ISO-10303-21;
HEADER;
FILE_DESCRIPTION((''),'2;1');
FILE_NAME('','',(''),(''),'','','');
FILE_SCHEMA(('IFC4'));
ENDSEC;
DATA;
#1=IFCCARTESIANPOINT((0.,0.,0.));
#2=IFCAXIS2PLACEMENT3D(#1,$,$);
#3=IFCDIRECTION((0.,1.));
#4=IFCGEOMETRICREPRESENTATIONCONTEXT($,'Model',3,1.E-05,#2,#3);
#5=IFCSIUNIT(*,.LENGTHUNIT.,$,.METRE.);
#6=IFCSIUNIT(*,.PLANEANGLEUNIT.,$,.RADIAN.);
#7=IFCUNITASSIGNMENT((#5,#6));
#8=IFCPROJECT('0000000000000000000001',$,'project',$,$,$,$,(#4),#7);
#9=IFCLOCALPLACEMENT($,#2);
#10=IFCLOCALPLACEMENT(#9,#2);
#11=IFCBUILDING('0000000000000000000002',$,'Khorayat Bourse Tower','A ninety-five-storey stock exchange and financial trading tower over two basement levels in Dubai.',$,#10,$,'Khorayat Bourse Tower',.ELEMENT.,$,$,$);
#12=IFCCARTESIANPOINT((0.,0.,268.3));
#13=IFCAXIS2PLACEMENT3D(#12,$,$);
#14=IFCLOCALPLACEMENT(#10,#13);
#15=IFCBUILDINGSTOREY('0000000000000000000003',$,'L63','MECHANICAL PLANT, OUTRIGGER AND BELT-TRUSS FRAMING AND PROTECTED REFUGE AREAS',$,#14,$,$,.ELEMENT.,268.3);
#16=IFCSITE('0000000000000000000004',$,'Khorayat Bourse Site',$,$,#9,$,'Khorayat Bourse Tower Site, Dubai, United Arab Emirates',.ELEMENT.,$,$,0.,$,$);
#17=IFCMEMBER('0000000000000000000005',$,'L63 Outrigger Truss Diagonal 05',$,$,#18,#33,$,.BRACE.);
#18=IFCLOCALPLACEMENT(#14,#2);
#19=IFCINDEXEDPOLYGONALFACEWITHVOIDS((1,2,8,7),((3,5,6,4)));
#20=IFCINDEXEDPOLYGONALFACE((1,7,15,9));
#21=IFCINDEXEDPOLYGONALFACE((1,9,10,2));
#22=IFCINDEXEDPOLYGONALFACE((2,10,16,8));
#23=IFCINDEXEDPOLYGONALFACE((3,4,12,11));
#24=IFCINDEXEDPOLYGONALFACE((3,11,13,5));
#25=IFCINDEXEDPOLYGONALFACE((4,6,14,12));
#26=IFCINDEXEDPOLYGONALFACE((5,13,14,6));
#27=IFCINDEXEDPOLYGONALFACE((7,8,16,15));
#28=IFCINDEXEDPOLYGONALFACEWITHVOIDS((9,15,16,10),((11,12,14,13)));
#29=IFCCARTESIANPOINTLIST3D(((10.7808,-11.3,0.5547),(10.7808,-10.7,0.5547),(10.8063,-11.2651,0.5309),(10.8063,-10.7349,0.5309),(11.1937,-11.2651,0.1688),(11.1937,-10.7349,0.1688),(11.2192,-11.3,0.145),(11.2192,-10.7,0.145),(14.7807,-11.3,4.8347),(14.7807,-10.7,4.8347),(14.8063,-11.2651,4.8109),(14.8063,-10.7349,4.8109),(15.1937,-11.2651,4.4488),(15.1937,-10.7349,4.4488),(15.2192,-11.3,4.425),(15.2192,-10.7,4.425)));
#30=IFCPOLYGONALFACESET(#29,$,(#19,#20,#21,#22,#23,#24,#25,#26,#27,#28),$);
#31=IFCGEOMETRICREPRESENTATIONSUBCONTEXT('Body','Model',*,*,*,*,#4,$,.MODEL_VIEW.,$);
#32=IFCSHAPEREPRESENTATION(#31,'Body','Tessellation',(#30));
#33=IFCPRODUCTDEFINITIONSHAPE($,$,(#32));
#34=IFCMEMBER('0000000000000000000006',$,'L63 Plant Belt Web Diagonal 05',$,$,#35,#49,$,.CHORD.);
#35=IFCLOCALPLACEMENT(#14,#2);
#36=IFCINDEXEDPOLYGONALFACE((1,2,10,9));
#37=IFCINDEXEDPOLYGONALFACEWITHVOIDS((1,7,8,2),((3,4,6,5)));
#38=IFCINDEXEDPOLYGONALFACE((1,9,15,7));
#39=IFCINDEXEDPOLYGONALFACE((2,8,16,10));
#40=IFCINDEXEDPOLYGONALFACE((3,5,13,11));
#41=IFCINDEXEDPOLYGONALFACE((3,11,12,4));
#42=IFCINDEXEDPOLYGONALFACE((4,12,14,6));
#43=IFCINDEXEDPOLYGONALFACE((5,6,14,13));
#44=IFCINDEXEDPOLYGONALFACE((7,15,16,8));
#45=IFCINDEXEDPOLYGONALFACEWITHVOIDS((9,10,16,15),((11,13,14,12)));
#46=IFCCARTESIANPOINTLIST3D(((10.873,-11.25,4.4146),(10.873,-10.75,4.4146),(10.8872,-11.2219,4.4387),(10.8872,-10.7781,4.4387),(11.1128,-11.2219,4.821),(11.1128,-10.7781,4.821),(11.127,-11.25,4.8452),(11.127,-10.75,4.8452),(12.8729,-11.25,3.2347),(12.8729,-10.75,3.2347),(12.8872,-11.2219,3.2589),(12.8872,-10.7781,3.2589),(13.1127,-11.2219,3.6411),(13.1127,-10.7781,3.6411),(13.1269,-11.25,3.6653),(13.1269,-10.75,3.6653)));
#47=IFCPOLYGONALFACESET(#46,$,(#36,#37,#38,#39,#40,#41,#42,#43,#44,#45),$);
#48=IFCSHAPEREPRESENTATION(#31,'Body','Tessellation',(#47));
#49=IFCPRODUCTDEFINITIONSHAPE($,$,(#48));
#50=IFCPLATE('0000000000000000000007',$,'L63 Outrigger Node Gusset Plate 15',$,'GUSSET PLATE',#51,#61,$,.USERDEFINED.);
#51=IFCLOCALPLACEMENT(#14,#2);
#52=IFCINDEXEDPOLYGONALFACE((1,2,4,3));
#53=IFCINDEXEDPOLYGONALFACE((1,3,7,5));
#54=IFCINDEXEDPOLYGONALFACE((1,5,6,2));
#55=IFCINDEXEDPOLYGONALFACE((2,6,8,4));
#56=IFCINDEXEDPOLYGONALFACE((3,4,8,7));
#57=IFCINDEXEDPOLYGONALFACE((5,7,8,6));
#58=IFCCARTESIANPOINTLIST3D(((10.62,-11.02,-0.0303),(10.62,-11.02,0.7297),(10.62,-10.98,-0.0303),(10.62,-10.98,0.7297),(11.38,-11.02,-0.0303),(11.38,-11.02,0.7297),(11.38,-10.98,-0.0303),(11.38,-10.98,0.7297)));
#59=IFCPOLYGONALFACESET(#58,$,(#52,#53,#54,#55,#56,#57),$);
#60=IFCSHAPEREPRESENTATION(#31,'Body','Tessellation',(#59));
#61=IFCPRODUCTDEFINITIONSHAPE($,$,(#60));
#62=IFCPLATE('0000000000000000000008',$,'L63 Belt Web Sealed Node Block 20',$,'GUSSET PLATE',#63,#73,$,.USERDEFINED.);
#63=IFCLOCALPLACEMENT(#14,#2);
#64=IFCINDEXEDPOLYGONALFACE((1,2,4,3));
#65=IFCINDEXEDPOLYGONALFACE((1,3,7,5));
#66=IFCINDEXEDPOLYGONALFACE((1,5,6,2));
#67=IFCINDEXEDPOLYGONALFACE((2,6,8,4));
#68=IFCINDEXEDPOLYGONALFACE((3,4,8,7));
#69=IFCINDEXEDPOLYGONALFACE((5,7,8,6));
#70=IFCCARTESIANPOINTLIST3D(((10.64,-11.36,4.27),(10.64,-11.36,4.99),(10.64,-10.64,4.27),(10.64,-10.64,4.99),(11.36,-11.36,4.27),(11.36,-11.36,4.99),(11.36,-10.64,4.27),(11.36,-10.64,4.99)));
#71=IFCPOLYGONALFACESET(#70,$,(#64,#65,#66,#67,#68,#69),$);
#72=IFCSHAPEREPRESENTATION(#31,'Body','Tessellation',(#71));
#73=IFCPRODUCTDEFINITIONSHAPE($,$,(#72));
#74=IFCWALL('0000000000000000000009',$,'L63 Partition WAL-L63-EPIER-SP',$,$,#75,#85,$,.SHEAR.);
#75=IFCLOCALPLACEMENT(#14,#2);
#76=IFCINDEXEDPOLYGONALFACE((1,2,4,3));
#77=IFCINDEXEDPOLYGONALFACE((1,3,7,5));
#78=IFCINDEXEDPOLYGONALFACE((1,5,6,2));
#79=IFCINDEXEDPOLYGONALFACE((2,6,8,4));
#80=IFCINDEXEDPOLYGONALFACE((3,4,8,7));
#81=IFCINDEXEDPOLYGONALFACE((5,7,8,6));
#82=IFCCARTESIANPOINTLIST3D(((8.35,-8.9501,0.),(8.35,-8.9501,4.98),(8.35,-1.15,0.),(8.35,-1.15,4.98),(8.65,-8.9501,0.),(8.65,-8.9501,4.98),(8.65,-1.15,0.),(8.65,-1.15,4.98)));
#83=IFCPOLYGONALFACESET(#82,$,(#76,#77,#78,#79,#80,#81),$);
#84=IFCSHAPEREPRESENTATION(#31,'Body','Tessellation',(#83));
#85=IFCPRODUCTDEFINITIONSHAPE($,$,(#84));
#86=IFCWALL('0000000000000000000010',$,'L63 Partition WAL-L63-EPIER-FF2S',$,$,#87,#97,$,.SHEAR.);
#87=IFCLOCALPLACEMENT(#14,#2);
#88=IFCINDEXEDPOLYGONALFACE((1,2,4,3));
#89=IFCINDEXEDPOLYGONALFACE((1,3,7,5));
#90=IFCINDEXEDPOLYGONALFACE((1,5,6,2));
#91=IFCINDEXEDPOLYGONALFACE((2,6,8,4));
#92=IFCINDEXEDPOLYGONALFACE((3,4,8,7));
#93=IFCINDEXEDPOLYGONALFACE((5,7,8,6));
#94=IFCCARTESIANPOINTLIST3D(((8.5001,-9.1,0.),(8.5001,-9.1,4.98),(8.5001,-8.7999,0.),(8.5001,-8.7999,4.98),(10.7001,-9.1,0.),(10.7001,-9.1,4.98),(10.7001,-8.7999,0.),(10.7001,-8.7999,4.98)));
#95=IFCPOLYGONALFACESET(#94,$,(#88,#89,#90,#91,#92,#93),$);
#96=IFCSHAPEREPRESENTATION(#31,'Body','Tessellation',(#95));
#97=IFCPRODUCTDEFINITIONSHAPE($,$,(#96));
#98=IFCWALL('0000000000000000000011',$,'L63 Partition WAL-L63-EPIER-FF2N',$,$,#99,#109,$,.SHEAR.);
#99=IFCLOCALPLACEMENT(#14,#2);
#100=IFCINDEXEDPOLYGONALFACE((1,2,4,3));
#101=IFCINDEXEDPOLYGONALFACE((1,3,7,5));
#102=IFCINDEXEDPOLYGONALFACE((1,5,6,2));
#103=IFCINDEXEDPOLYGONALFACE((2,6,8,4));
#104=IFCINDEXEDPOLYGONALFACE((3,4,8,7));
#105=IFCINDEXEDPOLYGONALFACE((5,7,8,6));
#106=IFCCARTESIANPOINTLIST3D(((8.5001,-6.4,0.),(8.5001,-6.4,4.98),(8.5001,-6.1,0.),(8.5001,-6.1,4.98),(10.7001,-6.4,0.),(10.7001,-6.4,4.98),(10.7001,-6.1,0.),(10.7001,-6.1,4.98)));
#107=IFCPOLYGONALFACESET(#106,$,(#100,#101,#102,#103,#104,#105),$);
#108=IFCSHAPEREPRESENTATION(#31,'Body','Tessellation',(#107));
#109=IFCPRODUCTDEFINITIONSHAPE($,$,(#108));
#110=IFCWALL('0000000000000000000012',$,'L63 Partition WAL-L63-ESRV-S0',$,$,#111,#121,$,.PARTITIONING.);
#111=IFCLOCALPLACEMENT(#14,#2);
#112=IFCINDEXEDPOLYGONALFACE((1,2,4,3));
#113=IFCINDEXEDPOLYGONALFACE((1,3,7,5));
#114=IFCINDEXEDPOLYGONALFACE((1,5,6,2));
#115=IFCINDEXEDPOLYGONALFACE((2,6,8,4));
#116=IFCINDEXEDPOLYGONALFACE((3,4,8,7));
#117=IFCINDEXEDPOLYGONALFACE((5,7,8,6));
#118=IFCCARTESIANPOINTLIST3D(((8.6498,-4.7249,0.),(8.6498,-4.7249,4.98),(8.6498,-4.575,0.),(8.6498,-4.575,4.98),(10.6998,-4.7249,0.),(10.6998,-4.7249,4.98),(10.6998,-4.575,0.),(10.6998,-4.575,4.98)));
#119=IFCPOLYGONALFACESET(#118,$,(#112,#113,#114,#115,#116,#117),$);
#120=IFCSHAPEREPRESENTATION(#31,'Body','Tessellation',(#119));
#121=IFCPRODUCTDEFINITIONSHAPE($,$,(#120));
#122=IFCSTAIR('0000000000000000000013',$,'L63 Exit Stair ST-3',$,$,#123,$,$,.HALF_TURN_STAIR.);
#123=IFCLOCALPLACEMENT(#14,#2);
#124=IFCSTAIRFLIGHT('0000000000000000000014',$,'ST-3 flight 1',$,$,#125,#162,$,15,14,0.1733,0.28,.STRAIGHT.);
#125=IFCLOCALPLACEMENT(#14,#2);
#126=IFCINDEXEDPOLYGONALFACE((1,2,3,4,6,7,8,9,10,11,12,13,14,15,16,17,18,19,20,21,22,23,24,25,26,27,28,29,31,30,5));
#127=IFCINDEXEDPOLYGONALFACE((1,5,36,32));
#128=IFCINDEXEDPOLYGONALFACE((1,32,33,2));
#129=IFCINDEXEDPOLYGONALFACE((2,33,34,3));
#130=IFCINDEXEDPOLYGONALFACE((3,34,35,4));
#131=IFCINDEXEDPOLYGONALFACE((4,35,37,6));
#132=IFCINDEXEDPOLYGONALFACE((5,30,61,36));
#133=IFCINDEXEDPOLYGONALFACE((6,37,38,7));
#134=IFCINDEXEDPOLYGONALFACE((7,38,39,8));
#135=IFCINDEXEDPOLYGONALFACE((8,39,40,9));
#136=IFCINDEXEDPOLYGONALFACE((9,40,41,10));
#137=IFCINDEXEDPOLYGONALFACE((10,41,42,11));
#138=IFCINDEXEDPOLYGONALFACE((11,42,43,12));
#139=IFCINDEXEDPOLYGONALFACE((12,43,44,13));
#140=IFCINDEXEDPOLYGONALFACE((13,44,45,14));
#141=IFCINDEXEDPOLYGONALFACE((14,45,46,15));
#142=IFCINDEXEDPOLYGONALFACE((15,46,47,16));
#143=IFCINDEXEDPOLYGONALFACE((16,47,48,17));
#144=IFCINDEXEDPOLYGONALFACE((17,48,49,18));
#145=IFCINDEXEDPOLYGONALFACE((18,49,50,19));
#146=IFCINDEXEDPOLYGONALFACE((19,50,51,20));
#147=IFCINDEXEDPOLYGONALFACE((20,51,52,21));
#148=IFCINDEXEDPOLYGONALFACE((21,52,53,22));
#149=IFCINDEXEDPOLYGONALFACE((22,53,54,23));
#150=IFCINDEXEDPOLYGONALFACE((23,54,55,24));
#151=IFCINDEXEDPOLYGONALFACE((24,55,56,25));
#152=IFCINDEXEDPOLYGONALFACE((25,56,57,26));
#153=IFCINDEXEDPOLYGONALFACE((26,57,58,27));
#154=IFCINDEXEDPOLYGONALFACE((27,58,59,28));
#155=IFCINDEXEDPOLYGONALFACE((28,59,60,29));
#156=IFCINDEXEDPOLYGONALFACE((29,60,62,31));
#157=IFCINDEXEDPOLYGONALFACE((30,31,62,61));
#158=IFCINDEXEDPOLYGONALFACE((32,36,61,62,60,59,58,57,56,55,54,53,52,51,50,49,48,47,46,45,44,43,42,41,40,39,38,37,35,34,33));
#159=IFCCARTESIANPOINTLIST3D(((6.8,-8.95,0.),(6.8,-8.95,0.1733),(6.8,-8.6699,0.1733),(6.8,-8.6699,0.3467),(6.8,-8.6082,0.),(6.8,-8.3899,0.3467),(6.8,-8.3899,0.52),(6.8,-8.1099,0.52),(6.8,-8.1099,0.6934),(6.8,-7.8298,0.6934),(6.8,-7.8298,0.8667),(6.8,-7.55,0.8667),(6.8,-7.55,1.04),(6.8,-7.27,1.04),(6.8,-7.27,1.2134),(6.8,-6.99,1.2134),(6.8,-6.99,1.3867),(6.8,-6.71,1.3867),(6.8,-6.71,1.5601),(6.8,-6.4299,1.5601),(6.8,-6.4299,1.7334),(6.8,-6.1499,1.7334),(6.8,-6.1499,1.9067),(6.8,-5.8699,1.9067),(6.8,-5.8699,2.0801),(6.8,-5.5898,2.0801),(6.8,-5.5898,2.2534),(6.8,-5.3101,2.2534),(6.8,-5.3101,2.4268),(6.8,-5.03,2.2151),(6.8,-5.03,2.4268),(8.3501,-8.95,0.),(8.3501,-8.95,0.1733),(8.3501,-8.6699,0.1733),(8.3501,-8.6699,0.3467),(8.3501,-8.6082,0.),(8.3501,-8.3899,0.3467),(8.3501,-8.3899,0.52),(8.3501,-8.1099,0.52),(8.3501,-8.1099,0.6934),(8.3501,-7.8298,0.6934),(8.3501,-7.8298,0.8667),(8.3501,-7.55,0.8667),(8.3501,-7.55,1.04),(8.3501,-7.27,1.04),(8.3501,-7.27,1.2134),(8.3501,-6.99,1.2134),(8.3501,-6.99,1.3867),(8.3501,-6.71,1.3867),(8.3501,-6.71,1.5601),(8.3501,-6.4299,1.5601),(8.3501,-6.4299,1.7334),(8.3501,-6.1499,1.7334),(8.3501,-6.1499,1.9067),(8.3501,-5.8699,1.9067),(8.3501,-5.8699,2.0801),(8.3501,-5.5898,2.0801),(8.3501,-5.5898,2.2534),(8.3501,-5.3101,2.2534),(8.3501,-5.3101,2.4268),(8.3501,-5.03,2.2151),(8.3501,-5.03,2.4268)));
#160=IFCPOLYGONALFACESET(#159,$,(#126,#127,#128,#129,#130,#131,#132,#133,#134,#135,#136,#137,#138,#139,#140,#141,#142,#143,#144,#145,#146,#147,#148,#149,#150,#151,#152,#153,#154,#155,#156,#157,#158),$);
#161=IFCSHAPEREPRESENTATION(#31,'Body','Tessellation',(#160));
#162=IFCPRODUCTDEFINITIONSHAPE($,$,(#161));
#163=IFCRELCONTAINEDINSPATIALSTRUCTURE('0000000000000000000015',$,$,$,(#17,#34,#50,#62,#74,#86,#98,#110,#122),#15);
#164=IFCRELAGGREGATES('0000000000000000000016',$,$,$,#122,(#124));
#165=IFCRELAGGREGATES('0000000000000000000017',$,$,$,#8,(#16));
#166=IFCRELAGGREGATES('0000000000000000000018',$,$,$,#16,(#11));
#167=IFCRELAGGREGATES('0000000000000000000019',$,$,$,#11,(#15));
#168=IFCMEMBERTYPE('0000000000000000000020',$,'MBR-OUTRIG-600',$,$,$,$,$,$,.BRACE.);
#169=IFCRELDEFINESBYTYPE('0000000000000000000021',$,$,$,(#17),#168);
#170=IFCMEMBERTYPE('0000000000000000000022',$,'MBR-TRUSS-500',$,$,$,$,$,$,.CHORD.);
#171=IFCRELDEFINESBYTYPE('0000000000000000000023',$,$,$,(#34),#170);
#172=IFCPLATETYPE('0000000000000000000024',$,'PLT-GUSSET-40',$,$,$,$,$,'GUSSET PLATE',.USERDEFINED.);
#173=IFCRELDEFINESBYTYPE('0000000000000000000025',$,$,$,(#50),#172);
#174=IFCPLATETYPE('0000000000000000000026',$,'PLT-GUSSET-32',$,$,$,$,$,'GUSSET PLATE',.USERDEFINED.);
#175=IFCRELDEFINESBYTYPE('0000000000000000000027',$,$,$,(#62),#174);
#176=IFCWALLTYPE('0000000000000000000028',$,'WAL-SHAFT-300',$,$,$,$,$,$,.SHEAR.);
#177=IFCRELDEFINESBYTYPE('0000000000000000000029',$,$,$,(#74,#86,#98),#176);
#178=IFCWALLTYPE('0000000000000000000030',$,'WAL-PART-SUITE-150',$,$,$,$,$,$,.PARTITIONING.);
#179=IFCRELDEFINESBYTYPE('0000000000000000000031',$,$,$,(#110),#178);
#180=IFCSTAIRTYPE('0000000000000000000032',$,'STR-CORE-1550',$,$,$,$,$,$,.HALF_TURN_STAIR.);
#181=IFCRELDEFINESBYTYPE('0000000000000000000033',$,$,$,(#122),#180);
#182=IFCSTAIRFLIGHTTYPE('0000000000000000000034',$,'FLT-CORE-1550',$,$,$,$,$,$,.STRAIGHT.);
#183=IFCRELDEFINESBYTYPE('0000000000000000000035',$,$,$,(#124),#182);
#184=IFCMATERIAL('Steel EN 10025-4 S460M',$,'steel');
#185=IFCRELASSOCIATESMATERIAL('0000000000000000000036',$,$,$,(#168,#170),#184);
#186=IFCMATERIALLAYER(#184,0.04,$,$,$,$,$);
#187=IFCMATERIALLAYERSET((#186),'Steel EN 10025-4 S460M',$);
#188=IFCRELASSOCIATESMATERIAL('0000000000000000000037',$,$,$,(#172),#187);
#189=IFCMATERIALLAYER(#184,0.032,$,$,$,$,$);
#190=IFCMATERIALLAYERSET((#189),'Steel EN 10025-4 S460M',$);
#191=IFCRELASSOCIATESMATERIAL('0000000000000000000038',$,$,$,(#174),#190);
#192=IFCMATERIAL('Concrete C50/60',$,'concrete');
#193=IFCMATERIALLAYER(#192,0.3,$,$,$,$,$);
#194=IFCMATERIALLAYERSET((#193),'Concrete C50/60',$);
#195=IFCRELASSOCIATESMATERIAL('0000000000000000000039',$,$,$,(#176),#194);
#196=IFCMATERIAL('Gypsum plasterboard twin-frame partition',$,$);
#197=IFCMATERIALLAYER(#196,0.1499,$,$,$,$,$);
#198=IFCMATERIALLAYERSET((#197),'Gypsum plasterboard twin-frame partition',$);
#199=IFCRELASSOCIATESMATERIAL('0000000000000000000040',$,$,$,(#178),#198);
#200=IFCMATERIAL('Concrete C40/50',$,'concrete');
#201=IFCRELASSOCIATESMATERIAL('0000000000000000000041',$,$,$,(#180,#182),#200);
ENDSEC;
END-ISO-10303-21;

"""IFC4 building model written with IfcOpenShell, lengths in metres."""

from ifc_helpers import new_model, si_unit, direction, frame, frame_2d, origin, origin_2d, place, context, subcontext, project, spatial, polyline, rectangle, hollow_rectangle, outline, extrude, source, transform, mapped, material, layer, layer_set, material_profile, profile_set, type_object, element, aggregate, save


model = new_model("IFC4")

# Units and contexts
model_context = context("Model", 3, precision=1e-05, world=origin(), true_north=direction((0.0, 1.0)))
body_context = subcontext(model_context, "Body", "Model", "MODEL_VIEW")
ifc_project = project(units=[si_unit("LENGTHUNIT", "METRE"), si_unit("PLANEANGLEUNIT", "RADIAN")], contexts=[model_context])

# Site, building, storey
site_placement = place(None, origin())
site = spatial("IfcSite", under=ifc_project, at=site_placement, Name="Khorayat Bourse Site", LongName="Khorayat Bourse Tower Site, Dubai, United Arab Emirates", CompositionType="ELEMENT", RefElevation=0.0)
building_placement = place(site_placement, origin())
building = spatial("IfcBuilding", under=site, at=building_placement, Name="Khorayat Bourse Tower", Description="A ninety-five-storey stock exchange and financial trading tower over two basement levels in Dubai.", LongName="Khorayat Bourse Tower", CompositionType="ELEMENT")
storey_placement = place(building_placement, frame((0.0, 0.0, 268.3)))
storey = spatial("IfcBuildingStorey", under=building, at=storey_placement, Name="L63", Description="MECHANICAL PLANT, OUTRIGGER AND BELT-TRUSS FRAMING AND PROTECTED REFUGE AREAS", CompositionType="ELEMENT", Elevation=268.3)

# Members
ifc_material_1 = material(Name="Steel EN 10025-4 S460M", Category="steel")
ifc_material_profile_1 = material_profile(ifc_material_1, hollow_rectangle(XDim=0.6001, YDim=0.6001, WallThickness=0.0349, at=origin_2d()), Name="BOX 600x600x35")
ifc_profile_set_1 = profile_set([ifc_material_profile_1], Name="Steel EN 10025-4 S460M")
member_type_1 = type_object("IfcMemberType", Name="MBR-OUTRIG-600", PredefinedType="BRACE", material=ifc_profile_set_1)
shared_shape_1 = source(origin(), body_context, "Body", "SweptSolid", [
    extrude(hollow_rectangle(XDim=0.6001, YDim=0.6001, WallThickness=0.0349, at=origin_2d()), origin(), (0.0, 0.0, 1.0), 5.8582),
])
member_1_placement = place(storey_placement, frame((11.0, -11.0, 0.3499), z_axis=(0.682802, 0.0, 0.730603), x_axis=(0.0, 1.0, 0.0)))
element("IfcMember", 1, at=member_1_placement, inside=storey, type_object=member_type_1, Name="L63 Outrigger Truss Diagonal 05", PredefinedType="BRACE", context=body_context, shape_type="MappedRepresentation", body=[
    mapped(shared_shape_1, transform((0.0, 0.0, 0.0), scale=1.0)),
])
ifc_material_profile_2 = material_profile(ifc_material_1, hollow_rectangle(XDim=0.5, YDim=0.5, WallThickness=0.0281, at=origin_2d()), Name="HSS 500x500x28")
ifc_profile_set_2 = profile_set([ifc_material_profile_2], Name="Steel EN 10025-4 S460M")
member_type_2 = type_object("IfcMemberType", Name="MBR-TRUSS-500", PredefinedType="CHORD", material=ifc_profile_set_2)
shared_shape_2 = source(origin(), body_context, "Body", "SweptSolid", [
    extrude(hollow_rectangle(XDim=0.5, YDim=0.5, WallThickness=0.0281, at=origin_2d()), origin(), (0.0, 0.0, 1.0), 2.322),
])
member_2_placement = place(storey_placement, frame((11.0, -11.0, 4.6299), z_axis=(0.861282, 0.0, -0.508127), x_axis=(0.0, 1.0, 0.0)))
element("IfcMember", 2, at=member_2_placement, inside=storey, type_object=member_type_2, Name="L63 Plant Belt Web Diagonal 05", PredefinedType="CHORD", context=body_context, shape_type="MappedRepresentation", body=[
    mapped(shared_shape_2, transform((0.0, 0.0, 0.0), scale=1.0)),
])

# Plates
ifc_layer_1 = layer(ifc_material_1, 0.04)
ifc_layer_set_1 = layer_set([ifc_layer_1], Name="Steel EN 10025-4 S460M")
plate_type_1 = type_object("IfcPlateType", Name="PLT-GUSSET-40", ElementType="GUSSET PLATE", PredefinedType="USERDEFINED", material=ifc_layer_set_1)
shared_shape_3 = source(origin(), body_context, "Body", "SweptSolid", [
    extrude(rectangle(XDim=0.76, YDim=0.04, at=origin_2d()), origin(), (0.0, 0.0, 1.0), 0.76),
])
plate_1_placement = place(storey_placement, frame((11.0, -11.0, -0.0303), z_axis=(0.0, 0.0, 1.0), x_axis=(1.0, 0.0, 0.0)))
element("IfcPlate", 3, at=plate_1_placement, inside=storey, type_object=plate_type_1, Name="L63 Outrigger Node Gusset Plate 15", ObjectType="GUSSET PLATE", PredefinedType="USERDEFINED", context=body_context, shape_type="MappedRepresentation", body=[
    mapped(shared_shape_3, transform((0.0, 0.0, 0.0), scale=1.0)),
])
ifc_layer_2 = layer(ifc_material_1, 0.032)
ifc_layer_set_2 = layer_set([ifc_layer_2], Name="Steel EN 10025-4 S460M")
plate_type_2 = type_object("IfcPlateType", Name="PLT-GUSSET-32", ElementType="GUSSET PLATE", PredefinedType="USERDEFINED", material=ifc_layer_set_2)
shared_shape_4 = source(origin(), body_context, "Body", "SweptSolid", [
    extrude(rectangle(XDim=0.72, YDim=0.72, at=origin_2d()), origin(), (0.0, 0.0, 1.0), 0.72),
])
plate_2_placement = place(storey_placement, frame((11.0, -11.0, 4.27), z_axis=(0.0, 0.0, 1.0), x_axis=(1.0, 0.0, 0.0)))
element("IfcPlate", 4, at=plate_2_placement, inside=storey, type_object=plate_type_2, Name="L63 Belt Web Sealed Node Block 20", ObjectType="GUSSET PLATE", PredefinedType="USERDEFINED", context=body_context, shape_type="MappedRepresentation", body=[
    mapped(shared_shape_4, transform((0.0, 0.0, 0.0), scale=1.0)),
])

# Walls
ifc_material_2 = material(Name="Concrete C50/60", Category="concrete")
ifc_layer_3 = layer(ifc_material_2, 0.3)
ifc_layer_set_3 = layer_set([ifc_layer_3], Name="Concrete C50/60")
wall_type_1 = type_object("IfcWallType", Name="WAL-SHAFT-300", PredefinedType="SHEAR", material=ifc_layer_set_3)
shared_shape_5 = source(origin(), body_context, "Body", "SweptSolid", [
    extrude(rectangle(XDim=7.8, YDim=0.3, at=frame_2d((3.8999, 0.0))), origin(), (0.0, 0.0, 1.0), 4.98),
])
wall_1_placement = place(storey_placement, frame((8.5, -8.95, 0.0), z_axis=(0.0, 0.0, 1.0), x_axis=(0.0, 1.0, 0.0)))
element("IfcWall", 5, at=wall_1_placement, inside=storey, type_object=wall_type_1, Name="L63 Partition WAL-L63-EPIER-SP", PredefinedType="SHEAR", context=body_context, shape_type="MappedRepresentation", body=[
    mapped(shared_shape_5, transform((0.0, 0.0, 0.0), scale=1.0)),
])
shared_shape_6 = source(origin(), body_context, "Body", "SweptSolid", [
    extrude(rectangle(XDim=2.2, YDim=0.3, at=frame_2d((1.1001, 0.0))), origin(), (0.0, 0.0, 1.0), 4.98),
])
for number, where, z_axis, x_axis, name in (
    (6, (8.5, -8.95, 0.0), (0.0, 0.0, 1.0), (1.0, 0.0, 0.0), "L63 Partition WAL-L63-EPIER-FF2S"),
    (7, (8.5, -6.25, 0.0), (0.0, 0.0, 1.0), (1.0, 0.0, 0.0), "L63 Partition WAL-L63-EPIER-FF2N"),
):
    element("IfcWall", number, at=place(storey_placement, frame(where, z_axis=z_axis, x_axis=x_axis)), inside=storey, type_object=wall_type_1, Name=name, PredefinedType="SHEAR", context=body_context, shape_type="MappedRepresentation", body=[
        mapped(shared_shape_6, transform((0.0, 0.0, 0.0), scale=1.0)),
    ])
ifc_material_3 = material(Name="Gypsum plasterboard twin-frame partition")
ifc_layer_4 = layer(ifc_material_3, 0.1499)
ifc_layer_set_4 = layer_set([ifc_layer_4], Name="Gypsum plasterboard twin-frame partition")
wall_type_2 = type_object("IfcWallType", Name="WAL-PART-SUITE-150", PredefinedType="PARTITIONING", material=ifc_layer_set_4)
shared_shape_7 = source(origin(), body_context, "Body", "SweptSolid", [
    extrude(rectangle(XDim=2.05, YDim=0.1499, at=frame_2d((1.0249, 0.0))), origin(), (0.0, 0.0, 1.0), 4.98),
])
wall_2_placement = place(storey_placement, frame((8.6499, -4.6499, 0.0), z_axis=(0.0, 0.0, 1.0), x_axis=(1.0, 0.0, 0.0)))
element("IfcWall", 8, at=wall_2_placement, inside=storey, type_object=wall_type_2, Name="L63 Partition WAL-L63-ESRV-S0", PredefinedType="PARTITIONING", context=body_context, shape_type="MappedRepresentation", body=[
    mapped(shared_shape_7, transform((0.0, 0.0, 0.0), scale=1.0)),
])

# Stair, stair flight
ifc_material_4 = material(Name="Concrete C40/50", Category="concrete")
stair_type = type_object("IfcStairType", Name="STR-CORE-1550", PredefinedType="HALF_TURN_STAIR", material=ifc_material_4)
stair_placement = place(storey_placement, origin())
stair = element("IfcStair", 9, at=stair_placement, inside=storey, type_object=stair_type, Name="L63 Exit Stair ST-3", PredefinedType="HALF_TURN_STAIR")
stair_flight_type = type_object("IfcStairFlightType", Name="FLT-CORE-1550", PredefinedType="STRAIGHT", material=ifc_material_4)
shared_shape_8 = source(origin(), body_context, "Body", "SweptSolid", [
    extrude(outline(polyline([(0.0, 0.0), (0.0, 0.1733), (0.28, 0.1733), (0.28, 0.3467), (0.5601, 0.3467), (0.5601, 0.52), (0.8401, 0.52), (0.8401, 0.6934), (1.1201, 0.6934), (1.1201, 0.8667), (1.3999, 0.8667), (1.3999, 1.04), (1.6799, 1.04), (1.6799, 1.2134), (1.96, 1.2134), (1.96, 1.3867), (2.24, 1.3867), (2.24, 1.5601), (2.52, 1.5601), (2.52, 1.7334), (2.8, 1.7334), (2.8, 1.9067), (3.0801, 1.9067), (3.0801, 2.0801), (3.3601, 2.0801), (3.3601, 2.2534), (3.6399, 2.2534), (3.6399, 2.4268), (3.9199, 2.4268), (3.9199, 2.6001), (3.9199, 2.2151), (0.3418, 0.0), (0.0, 0.0)])), frame((0.0, 0.7749, 0.0), z_axis=(0.0, -1.0, 0.0), x_axis=(1.0, 0.0, 0.0)), (0.0, 0.0, 1.0), 1.55),
])
stair_flight_placement = place(storey_placement, frame((7.575, -8.95, 0.0), z_axis=(0.0, 0.0, 1.0), x_axis=(0.0, 1.0, 0.0)))
stair_flight = element("IfcStairFlight", 10, at=stair_flight_placement, type_object=stair_flight_type, Name="ST-3 flight 1", NumberOfRisers=15, NumberOfTreads=14, PredefinedType="STRAIGHT", RiserHeight=0.1733, TreadLength=0.28, context=body_context, shape_type="MappedRepresentation", body=[
    mapped(shared_shape_8, transform((0.0, 0.0, 0.0), scale=1.0)),
])
aggregate(stair, [stair_flight])

save(model, "model.ifc")
